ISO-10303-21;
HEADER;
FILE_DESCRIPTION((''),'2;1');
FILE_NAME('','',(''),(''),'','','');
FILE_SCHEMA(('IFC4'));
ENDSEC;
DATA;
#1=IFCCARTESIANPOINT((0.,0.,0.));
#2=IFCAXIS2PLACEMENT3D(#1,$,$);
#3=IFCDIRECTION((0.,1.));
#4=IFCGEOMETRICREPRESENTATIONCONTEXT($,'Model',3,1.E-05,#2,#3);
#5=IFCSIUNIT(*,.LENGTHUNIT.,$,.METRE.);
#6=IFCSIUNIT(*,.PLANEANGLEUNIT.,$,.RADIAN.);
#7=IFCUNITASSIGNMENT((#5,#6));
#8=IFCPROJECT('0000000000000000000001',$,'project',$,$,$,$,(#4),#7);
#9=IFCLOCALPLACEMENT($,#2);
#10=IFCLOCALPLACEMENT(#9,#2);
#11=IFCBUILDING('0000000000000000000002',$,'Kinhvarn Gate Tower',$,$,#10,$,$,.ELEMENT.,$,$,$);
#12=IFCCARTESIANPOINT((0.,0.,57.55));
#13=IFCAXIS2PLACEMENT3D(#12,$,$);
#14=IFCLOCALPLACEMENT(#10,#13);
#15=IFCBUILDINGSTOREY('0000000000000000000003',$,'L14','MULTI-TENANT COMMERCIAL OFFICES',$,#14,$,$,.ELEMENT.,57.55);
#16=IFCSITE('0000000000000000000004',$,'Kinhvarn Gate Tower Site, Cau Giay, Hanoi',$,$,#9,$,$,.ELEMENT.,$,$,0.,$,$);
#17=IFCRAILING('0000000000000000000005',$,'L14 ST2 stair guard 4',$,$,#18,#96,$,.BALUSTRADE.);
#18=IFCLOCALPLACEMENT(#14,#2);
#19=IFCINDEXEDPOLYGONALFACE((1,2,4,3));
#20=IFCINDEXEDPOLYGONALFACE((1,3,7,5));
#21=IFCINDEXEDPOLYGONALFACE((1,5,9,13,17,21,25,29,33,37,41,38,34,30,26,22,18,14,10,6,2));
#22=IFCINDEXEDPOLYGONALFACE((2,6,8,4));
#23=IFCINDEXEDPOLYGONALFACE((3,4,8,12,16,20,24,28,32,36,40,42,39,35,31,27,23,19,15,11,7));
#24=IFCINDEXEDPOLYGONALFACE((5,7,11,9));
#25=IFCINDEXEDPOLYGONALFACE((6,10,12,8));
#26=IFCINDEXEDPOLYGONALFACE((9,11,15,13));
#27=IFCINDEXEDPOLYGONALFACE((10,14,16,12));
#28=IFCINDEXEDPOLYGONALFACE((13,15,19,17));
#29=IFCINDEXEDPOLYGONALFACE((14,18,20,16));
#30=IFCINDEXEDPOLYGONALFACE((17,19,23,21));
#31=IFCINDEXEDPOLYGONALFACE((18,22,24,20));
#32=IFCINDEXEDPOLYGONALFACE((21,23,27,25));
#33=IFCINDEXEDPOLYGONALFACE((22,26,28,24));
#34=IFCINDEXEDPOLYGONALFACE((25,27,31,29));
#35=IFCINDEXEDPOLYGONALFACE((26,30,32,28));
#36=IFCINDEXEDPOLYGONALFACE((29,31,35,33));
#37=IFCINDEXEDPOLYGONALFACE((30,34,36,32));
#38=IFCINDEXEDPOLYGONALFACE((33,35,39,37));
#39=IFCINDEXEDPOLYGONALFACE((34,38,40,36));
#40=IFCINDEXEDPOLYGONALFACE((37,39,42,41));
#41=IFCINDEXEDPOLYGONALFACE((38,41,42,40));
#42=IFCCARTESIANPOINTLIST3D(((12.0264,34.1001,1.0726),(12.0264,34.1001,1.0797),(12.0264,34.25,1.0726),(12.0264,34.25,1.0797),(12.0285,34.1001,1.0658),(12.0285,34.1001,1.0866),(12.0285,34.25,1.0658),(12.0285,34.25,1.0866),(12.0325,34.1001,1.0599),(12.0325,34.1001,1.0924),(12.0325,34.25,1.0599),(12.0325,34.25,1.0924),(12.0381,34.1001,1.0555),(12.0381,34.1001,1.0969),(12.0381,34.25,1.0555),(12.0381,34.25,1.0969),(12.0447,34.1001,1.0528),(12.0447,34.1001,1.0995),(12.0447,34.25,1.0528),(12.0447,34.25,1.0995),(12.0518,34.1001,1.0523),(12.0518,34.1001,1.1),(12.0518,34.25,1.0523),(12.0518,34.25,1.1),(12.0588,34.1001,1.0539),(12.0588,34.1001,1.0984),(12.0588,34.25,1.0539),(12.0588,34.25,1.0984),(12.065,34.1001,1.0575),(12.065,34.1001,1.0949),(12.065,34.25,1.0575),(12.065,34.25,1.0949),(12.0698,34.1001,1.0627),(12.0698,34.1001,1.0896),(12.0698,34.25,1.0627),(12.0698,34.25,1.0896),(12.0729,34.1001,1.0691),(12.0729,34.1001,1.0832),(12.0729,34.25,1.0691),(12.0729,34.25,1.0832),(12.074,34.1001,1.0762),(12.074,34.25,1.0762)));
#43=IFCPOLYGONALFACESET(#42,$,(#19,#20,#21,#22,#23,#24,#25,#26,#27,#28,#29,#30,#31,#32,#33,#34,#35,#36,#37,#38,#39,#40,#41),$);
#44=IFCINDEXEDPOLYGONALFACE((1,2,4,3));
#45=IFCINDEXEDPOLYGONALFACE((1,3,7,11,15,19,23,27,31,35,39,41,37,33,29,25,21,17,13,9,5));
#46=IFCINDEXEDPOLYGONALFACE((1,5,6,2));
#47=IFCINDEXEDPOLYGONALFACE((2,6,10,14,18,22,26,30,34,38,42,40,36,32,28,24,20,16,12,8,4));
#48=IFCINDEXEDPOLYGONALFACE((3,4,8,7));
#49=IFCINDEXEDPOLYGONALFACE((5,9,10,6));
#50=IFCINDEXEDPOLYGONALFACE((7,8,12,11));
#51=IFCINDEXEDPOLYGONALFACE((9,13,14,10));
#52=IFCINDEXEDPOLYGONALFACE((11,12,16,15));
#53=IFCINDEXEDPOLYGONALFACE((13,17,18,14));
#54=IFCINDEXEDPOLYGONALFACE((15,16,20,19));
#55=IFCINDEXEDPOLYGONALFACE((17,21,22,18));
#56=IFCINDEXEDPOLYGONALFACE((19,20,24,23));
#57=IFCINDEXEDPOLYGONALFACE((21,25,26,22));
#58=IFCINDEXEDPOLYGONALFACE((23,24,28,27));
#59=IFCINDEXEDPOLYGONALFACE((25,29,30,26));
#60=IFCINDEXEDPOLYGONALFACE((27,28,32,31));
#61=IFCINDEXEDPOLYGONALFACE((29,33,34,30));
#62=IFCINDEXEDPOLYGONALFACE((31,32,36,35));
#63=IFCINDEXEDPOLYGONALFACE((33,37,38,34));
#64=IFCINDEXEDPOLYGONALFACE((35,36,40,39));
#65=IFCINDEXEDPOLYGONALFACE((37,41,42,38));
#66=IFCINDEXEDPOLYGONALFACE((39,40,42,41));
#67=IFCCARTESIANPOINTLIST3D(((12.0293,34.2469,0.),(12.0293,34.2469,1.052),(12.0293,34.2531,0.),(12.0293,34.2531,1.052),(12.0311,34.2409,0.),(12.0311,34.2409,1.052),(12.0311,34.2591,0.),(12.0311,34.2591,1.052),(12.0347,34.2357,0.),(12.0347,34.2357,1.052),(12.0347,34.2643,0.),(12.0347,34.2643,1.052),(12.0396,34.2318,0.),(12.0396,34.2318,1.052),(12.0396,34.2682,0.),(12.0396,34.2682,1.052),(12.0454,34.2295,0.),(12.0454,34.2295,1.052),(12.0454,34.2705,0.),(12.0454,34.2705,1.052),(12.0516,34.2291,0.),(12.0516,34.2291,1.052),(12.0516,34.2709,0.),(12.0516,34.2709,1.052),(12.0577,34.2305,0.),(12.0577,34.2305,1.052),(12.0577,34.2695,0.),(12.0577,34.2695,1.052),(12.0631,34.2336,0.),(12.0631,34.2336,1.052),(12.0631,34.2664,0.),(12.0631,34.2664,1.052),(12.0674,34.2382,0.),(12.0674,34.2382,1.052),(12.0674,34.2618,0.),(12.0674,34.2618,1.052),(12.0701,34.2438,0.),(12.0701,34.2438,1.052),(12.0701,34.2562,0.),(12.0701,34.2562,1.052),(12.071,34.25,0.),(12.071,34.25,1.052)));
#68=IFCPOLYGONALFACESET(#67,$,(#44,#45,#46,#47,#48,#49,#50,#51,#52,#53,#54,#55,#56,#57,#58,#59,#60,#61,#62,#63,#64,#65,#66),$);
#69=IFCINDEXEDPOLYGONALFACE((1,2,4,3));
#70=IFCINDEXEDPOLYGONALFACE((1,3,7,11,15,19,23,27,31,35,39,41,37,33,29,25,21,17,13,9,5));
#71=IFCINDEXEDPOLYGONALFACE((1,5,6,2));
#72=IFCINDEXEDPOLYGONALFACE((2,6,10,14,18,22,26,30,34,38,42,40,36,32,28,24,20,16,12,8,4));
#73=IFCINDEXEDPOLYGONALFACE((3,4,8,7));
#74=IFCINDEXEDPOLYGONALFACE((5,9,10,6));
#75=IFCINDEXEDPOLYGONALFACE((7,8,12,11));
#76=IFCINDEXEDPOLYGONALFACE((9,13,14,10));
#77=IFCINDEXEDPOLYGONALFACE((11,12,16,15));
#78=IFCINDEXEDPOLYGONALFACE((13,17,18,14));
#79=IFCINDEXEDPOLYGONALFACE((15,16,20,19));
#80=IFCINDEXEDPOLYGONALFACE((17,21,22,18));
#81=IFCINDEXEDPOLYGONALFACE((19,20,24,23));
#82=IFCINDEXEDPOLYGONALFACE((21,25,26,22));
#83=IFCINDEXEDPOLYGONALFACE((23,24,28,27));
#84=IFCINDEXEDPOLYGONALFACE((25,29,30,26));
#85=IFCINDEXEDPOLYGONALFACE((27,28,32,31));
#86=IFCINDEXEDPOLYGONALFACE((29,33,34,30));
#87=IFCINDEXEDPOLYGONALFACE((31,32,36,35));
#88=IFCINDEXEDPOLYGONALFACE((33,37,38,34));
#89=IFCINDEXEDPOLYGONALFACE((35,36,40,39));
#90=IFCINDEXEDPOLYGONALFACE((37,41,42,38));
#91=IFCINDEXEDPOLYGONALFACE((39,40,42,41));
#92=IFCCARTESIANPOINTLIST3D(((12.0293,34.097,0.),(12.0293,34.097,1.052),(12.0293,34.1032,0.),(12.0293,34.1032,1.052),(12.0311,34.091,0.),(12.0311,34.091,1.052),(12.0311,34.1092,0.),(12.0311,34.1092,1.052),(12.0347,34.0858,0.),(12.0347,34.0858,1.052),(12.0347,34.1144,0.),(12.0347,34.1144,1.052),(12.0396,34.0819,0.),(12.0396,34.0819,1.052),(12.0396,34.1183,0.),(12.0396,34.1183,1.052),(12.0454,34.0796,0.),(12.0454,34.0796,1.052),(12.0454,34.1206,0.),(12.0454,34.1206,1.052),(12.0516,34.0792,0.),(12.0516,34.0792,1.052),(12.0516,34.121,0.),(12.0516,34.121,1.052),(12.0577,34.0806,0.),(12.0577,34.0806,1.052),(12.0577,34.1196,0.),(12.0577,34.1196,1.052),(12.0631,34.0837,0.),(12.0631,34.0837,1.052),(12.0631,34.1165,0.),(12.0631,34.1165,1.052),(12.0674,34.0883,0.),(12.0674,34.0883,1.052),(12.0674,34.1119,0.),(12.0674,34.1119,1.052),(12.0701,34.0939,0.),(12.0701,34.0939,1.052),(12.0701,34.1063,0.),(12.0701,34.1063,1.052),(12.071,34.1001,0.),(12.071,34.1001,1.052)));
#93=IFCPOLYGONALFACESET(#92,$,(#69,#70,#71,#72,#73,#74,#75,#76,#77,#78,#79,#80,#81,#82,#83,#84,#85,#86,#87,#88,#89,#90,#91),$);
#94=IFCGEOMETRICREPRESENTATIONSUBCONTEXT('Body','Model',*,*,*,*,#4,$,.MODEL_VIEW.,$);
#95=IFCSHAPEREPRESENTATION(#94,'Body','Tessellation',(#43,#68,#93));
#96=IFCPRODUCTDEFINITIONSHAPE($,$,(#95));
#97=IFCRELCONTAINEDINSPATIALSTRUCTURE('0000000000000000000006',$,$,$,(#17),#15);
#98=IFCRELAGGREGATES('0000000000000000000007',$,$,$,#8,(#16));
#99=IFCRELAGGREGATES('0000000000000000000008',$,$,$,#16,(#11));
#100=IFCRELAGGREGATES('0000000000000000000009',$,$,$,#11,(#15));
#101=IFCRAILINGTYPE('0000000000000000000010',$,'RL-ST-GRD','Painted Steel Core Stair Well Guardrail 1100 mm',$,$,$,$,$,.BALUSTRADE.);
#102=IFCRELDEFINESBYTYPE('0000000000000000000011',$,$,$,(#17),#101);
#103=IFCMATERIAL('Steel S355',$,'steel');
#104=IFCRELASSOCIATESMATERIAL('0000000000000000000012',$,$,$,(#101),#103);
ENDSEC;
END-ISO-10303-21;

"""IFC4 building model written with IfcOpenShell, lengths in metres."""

from ifc_helpers import new_model, si_unit, direction, frame, origin, origin_2d, place, context, subcontext, project, spatial, circle, extrude, material, type_object, element, save


model = new_model("IFC4")

# Units and contexts
model_context = context("Model", 3, precision=1e-05, world=origin(), true_north=direction((0.0, 1.0)))
body_context = subcontext(model_context, "Body", "Model", "MODEL_VIEW")
ifc_project = project(units=[si_unit("LENGTHUNIT", "METRE"), si_unit("PLANEANGLEUNIT", "RADIAN")], contexts=[model_context])

# Site, building, storey
site_placement = place(None, origin())
site = spatial("IfcSite", under=ifc_project, at=site_placement, Name="Kinhvarn Gate Tower Site, Cau Giay, Hanoi", CompositionType="ELEMENT", RefElevation=0.0)
building_placement = place(site_placement, origin())
building = spatial("IfcBuilding", under=site, at=building_placement, Name="Kinhvarn Gate Tower", CompositionType="ELEMENT")
storey_placement = place(building_placement, frame((0.0, 0.0, 57.55)))
storey = spatial("IfcBuildingStorey", under=building, at=storey_placement, Name="L14", Description="MULTI-TENANT COMMERCIAL OFFICES", CompositionType="ELEMENT", Elevation=57.55)

# Railing
ifc_material_1 = material(Name="Steel S355", Category="steel")
railing_type_1 = type_object("IfcRailingType", Name="RL-ST-GRD", Description="Painted Steel Core Stair Well Guardrail 1100 mm", PredefinedType="BALUSTRADE", material=ifc_material_1)
railing_1_placement = place(storey_placement, frame((12.05, 34.25, 0.0)))
element("IfcRailing", 1, at=railing_1_placement, inside=storey, type_object=railing_type_1, Name="L14 ST2 stair guard 4", PredefinedType="BALUSTRADE", context=body_context, shape_type="SweptSolid", body=[
    extrude(circle(Radius=0.0239, at=origin_2d()), frame((0.0, 0.0, 1.0762), z_axis=(0.0, -1.0, 0.0), x_axis=(1.0, 0.0, 0.0)), (0.0, 0.0, 1.0), 0.1499),
    extrude(circle(Radius=0.021, at=origin_2d()), origin(), (0.0, 0.0, 1.0), 1.052),
    extrude(circle(Radius=0.021, at=origin_2d()), frame((0.0, -0.1499, 0.0)), (0.0, 0.0, 1.0), 1.052),
])

save(model, "model.ifc")
